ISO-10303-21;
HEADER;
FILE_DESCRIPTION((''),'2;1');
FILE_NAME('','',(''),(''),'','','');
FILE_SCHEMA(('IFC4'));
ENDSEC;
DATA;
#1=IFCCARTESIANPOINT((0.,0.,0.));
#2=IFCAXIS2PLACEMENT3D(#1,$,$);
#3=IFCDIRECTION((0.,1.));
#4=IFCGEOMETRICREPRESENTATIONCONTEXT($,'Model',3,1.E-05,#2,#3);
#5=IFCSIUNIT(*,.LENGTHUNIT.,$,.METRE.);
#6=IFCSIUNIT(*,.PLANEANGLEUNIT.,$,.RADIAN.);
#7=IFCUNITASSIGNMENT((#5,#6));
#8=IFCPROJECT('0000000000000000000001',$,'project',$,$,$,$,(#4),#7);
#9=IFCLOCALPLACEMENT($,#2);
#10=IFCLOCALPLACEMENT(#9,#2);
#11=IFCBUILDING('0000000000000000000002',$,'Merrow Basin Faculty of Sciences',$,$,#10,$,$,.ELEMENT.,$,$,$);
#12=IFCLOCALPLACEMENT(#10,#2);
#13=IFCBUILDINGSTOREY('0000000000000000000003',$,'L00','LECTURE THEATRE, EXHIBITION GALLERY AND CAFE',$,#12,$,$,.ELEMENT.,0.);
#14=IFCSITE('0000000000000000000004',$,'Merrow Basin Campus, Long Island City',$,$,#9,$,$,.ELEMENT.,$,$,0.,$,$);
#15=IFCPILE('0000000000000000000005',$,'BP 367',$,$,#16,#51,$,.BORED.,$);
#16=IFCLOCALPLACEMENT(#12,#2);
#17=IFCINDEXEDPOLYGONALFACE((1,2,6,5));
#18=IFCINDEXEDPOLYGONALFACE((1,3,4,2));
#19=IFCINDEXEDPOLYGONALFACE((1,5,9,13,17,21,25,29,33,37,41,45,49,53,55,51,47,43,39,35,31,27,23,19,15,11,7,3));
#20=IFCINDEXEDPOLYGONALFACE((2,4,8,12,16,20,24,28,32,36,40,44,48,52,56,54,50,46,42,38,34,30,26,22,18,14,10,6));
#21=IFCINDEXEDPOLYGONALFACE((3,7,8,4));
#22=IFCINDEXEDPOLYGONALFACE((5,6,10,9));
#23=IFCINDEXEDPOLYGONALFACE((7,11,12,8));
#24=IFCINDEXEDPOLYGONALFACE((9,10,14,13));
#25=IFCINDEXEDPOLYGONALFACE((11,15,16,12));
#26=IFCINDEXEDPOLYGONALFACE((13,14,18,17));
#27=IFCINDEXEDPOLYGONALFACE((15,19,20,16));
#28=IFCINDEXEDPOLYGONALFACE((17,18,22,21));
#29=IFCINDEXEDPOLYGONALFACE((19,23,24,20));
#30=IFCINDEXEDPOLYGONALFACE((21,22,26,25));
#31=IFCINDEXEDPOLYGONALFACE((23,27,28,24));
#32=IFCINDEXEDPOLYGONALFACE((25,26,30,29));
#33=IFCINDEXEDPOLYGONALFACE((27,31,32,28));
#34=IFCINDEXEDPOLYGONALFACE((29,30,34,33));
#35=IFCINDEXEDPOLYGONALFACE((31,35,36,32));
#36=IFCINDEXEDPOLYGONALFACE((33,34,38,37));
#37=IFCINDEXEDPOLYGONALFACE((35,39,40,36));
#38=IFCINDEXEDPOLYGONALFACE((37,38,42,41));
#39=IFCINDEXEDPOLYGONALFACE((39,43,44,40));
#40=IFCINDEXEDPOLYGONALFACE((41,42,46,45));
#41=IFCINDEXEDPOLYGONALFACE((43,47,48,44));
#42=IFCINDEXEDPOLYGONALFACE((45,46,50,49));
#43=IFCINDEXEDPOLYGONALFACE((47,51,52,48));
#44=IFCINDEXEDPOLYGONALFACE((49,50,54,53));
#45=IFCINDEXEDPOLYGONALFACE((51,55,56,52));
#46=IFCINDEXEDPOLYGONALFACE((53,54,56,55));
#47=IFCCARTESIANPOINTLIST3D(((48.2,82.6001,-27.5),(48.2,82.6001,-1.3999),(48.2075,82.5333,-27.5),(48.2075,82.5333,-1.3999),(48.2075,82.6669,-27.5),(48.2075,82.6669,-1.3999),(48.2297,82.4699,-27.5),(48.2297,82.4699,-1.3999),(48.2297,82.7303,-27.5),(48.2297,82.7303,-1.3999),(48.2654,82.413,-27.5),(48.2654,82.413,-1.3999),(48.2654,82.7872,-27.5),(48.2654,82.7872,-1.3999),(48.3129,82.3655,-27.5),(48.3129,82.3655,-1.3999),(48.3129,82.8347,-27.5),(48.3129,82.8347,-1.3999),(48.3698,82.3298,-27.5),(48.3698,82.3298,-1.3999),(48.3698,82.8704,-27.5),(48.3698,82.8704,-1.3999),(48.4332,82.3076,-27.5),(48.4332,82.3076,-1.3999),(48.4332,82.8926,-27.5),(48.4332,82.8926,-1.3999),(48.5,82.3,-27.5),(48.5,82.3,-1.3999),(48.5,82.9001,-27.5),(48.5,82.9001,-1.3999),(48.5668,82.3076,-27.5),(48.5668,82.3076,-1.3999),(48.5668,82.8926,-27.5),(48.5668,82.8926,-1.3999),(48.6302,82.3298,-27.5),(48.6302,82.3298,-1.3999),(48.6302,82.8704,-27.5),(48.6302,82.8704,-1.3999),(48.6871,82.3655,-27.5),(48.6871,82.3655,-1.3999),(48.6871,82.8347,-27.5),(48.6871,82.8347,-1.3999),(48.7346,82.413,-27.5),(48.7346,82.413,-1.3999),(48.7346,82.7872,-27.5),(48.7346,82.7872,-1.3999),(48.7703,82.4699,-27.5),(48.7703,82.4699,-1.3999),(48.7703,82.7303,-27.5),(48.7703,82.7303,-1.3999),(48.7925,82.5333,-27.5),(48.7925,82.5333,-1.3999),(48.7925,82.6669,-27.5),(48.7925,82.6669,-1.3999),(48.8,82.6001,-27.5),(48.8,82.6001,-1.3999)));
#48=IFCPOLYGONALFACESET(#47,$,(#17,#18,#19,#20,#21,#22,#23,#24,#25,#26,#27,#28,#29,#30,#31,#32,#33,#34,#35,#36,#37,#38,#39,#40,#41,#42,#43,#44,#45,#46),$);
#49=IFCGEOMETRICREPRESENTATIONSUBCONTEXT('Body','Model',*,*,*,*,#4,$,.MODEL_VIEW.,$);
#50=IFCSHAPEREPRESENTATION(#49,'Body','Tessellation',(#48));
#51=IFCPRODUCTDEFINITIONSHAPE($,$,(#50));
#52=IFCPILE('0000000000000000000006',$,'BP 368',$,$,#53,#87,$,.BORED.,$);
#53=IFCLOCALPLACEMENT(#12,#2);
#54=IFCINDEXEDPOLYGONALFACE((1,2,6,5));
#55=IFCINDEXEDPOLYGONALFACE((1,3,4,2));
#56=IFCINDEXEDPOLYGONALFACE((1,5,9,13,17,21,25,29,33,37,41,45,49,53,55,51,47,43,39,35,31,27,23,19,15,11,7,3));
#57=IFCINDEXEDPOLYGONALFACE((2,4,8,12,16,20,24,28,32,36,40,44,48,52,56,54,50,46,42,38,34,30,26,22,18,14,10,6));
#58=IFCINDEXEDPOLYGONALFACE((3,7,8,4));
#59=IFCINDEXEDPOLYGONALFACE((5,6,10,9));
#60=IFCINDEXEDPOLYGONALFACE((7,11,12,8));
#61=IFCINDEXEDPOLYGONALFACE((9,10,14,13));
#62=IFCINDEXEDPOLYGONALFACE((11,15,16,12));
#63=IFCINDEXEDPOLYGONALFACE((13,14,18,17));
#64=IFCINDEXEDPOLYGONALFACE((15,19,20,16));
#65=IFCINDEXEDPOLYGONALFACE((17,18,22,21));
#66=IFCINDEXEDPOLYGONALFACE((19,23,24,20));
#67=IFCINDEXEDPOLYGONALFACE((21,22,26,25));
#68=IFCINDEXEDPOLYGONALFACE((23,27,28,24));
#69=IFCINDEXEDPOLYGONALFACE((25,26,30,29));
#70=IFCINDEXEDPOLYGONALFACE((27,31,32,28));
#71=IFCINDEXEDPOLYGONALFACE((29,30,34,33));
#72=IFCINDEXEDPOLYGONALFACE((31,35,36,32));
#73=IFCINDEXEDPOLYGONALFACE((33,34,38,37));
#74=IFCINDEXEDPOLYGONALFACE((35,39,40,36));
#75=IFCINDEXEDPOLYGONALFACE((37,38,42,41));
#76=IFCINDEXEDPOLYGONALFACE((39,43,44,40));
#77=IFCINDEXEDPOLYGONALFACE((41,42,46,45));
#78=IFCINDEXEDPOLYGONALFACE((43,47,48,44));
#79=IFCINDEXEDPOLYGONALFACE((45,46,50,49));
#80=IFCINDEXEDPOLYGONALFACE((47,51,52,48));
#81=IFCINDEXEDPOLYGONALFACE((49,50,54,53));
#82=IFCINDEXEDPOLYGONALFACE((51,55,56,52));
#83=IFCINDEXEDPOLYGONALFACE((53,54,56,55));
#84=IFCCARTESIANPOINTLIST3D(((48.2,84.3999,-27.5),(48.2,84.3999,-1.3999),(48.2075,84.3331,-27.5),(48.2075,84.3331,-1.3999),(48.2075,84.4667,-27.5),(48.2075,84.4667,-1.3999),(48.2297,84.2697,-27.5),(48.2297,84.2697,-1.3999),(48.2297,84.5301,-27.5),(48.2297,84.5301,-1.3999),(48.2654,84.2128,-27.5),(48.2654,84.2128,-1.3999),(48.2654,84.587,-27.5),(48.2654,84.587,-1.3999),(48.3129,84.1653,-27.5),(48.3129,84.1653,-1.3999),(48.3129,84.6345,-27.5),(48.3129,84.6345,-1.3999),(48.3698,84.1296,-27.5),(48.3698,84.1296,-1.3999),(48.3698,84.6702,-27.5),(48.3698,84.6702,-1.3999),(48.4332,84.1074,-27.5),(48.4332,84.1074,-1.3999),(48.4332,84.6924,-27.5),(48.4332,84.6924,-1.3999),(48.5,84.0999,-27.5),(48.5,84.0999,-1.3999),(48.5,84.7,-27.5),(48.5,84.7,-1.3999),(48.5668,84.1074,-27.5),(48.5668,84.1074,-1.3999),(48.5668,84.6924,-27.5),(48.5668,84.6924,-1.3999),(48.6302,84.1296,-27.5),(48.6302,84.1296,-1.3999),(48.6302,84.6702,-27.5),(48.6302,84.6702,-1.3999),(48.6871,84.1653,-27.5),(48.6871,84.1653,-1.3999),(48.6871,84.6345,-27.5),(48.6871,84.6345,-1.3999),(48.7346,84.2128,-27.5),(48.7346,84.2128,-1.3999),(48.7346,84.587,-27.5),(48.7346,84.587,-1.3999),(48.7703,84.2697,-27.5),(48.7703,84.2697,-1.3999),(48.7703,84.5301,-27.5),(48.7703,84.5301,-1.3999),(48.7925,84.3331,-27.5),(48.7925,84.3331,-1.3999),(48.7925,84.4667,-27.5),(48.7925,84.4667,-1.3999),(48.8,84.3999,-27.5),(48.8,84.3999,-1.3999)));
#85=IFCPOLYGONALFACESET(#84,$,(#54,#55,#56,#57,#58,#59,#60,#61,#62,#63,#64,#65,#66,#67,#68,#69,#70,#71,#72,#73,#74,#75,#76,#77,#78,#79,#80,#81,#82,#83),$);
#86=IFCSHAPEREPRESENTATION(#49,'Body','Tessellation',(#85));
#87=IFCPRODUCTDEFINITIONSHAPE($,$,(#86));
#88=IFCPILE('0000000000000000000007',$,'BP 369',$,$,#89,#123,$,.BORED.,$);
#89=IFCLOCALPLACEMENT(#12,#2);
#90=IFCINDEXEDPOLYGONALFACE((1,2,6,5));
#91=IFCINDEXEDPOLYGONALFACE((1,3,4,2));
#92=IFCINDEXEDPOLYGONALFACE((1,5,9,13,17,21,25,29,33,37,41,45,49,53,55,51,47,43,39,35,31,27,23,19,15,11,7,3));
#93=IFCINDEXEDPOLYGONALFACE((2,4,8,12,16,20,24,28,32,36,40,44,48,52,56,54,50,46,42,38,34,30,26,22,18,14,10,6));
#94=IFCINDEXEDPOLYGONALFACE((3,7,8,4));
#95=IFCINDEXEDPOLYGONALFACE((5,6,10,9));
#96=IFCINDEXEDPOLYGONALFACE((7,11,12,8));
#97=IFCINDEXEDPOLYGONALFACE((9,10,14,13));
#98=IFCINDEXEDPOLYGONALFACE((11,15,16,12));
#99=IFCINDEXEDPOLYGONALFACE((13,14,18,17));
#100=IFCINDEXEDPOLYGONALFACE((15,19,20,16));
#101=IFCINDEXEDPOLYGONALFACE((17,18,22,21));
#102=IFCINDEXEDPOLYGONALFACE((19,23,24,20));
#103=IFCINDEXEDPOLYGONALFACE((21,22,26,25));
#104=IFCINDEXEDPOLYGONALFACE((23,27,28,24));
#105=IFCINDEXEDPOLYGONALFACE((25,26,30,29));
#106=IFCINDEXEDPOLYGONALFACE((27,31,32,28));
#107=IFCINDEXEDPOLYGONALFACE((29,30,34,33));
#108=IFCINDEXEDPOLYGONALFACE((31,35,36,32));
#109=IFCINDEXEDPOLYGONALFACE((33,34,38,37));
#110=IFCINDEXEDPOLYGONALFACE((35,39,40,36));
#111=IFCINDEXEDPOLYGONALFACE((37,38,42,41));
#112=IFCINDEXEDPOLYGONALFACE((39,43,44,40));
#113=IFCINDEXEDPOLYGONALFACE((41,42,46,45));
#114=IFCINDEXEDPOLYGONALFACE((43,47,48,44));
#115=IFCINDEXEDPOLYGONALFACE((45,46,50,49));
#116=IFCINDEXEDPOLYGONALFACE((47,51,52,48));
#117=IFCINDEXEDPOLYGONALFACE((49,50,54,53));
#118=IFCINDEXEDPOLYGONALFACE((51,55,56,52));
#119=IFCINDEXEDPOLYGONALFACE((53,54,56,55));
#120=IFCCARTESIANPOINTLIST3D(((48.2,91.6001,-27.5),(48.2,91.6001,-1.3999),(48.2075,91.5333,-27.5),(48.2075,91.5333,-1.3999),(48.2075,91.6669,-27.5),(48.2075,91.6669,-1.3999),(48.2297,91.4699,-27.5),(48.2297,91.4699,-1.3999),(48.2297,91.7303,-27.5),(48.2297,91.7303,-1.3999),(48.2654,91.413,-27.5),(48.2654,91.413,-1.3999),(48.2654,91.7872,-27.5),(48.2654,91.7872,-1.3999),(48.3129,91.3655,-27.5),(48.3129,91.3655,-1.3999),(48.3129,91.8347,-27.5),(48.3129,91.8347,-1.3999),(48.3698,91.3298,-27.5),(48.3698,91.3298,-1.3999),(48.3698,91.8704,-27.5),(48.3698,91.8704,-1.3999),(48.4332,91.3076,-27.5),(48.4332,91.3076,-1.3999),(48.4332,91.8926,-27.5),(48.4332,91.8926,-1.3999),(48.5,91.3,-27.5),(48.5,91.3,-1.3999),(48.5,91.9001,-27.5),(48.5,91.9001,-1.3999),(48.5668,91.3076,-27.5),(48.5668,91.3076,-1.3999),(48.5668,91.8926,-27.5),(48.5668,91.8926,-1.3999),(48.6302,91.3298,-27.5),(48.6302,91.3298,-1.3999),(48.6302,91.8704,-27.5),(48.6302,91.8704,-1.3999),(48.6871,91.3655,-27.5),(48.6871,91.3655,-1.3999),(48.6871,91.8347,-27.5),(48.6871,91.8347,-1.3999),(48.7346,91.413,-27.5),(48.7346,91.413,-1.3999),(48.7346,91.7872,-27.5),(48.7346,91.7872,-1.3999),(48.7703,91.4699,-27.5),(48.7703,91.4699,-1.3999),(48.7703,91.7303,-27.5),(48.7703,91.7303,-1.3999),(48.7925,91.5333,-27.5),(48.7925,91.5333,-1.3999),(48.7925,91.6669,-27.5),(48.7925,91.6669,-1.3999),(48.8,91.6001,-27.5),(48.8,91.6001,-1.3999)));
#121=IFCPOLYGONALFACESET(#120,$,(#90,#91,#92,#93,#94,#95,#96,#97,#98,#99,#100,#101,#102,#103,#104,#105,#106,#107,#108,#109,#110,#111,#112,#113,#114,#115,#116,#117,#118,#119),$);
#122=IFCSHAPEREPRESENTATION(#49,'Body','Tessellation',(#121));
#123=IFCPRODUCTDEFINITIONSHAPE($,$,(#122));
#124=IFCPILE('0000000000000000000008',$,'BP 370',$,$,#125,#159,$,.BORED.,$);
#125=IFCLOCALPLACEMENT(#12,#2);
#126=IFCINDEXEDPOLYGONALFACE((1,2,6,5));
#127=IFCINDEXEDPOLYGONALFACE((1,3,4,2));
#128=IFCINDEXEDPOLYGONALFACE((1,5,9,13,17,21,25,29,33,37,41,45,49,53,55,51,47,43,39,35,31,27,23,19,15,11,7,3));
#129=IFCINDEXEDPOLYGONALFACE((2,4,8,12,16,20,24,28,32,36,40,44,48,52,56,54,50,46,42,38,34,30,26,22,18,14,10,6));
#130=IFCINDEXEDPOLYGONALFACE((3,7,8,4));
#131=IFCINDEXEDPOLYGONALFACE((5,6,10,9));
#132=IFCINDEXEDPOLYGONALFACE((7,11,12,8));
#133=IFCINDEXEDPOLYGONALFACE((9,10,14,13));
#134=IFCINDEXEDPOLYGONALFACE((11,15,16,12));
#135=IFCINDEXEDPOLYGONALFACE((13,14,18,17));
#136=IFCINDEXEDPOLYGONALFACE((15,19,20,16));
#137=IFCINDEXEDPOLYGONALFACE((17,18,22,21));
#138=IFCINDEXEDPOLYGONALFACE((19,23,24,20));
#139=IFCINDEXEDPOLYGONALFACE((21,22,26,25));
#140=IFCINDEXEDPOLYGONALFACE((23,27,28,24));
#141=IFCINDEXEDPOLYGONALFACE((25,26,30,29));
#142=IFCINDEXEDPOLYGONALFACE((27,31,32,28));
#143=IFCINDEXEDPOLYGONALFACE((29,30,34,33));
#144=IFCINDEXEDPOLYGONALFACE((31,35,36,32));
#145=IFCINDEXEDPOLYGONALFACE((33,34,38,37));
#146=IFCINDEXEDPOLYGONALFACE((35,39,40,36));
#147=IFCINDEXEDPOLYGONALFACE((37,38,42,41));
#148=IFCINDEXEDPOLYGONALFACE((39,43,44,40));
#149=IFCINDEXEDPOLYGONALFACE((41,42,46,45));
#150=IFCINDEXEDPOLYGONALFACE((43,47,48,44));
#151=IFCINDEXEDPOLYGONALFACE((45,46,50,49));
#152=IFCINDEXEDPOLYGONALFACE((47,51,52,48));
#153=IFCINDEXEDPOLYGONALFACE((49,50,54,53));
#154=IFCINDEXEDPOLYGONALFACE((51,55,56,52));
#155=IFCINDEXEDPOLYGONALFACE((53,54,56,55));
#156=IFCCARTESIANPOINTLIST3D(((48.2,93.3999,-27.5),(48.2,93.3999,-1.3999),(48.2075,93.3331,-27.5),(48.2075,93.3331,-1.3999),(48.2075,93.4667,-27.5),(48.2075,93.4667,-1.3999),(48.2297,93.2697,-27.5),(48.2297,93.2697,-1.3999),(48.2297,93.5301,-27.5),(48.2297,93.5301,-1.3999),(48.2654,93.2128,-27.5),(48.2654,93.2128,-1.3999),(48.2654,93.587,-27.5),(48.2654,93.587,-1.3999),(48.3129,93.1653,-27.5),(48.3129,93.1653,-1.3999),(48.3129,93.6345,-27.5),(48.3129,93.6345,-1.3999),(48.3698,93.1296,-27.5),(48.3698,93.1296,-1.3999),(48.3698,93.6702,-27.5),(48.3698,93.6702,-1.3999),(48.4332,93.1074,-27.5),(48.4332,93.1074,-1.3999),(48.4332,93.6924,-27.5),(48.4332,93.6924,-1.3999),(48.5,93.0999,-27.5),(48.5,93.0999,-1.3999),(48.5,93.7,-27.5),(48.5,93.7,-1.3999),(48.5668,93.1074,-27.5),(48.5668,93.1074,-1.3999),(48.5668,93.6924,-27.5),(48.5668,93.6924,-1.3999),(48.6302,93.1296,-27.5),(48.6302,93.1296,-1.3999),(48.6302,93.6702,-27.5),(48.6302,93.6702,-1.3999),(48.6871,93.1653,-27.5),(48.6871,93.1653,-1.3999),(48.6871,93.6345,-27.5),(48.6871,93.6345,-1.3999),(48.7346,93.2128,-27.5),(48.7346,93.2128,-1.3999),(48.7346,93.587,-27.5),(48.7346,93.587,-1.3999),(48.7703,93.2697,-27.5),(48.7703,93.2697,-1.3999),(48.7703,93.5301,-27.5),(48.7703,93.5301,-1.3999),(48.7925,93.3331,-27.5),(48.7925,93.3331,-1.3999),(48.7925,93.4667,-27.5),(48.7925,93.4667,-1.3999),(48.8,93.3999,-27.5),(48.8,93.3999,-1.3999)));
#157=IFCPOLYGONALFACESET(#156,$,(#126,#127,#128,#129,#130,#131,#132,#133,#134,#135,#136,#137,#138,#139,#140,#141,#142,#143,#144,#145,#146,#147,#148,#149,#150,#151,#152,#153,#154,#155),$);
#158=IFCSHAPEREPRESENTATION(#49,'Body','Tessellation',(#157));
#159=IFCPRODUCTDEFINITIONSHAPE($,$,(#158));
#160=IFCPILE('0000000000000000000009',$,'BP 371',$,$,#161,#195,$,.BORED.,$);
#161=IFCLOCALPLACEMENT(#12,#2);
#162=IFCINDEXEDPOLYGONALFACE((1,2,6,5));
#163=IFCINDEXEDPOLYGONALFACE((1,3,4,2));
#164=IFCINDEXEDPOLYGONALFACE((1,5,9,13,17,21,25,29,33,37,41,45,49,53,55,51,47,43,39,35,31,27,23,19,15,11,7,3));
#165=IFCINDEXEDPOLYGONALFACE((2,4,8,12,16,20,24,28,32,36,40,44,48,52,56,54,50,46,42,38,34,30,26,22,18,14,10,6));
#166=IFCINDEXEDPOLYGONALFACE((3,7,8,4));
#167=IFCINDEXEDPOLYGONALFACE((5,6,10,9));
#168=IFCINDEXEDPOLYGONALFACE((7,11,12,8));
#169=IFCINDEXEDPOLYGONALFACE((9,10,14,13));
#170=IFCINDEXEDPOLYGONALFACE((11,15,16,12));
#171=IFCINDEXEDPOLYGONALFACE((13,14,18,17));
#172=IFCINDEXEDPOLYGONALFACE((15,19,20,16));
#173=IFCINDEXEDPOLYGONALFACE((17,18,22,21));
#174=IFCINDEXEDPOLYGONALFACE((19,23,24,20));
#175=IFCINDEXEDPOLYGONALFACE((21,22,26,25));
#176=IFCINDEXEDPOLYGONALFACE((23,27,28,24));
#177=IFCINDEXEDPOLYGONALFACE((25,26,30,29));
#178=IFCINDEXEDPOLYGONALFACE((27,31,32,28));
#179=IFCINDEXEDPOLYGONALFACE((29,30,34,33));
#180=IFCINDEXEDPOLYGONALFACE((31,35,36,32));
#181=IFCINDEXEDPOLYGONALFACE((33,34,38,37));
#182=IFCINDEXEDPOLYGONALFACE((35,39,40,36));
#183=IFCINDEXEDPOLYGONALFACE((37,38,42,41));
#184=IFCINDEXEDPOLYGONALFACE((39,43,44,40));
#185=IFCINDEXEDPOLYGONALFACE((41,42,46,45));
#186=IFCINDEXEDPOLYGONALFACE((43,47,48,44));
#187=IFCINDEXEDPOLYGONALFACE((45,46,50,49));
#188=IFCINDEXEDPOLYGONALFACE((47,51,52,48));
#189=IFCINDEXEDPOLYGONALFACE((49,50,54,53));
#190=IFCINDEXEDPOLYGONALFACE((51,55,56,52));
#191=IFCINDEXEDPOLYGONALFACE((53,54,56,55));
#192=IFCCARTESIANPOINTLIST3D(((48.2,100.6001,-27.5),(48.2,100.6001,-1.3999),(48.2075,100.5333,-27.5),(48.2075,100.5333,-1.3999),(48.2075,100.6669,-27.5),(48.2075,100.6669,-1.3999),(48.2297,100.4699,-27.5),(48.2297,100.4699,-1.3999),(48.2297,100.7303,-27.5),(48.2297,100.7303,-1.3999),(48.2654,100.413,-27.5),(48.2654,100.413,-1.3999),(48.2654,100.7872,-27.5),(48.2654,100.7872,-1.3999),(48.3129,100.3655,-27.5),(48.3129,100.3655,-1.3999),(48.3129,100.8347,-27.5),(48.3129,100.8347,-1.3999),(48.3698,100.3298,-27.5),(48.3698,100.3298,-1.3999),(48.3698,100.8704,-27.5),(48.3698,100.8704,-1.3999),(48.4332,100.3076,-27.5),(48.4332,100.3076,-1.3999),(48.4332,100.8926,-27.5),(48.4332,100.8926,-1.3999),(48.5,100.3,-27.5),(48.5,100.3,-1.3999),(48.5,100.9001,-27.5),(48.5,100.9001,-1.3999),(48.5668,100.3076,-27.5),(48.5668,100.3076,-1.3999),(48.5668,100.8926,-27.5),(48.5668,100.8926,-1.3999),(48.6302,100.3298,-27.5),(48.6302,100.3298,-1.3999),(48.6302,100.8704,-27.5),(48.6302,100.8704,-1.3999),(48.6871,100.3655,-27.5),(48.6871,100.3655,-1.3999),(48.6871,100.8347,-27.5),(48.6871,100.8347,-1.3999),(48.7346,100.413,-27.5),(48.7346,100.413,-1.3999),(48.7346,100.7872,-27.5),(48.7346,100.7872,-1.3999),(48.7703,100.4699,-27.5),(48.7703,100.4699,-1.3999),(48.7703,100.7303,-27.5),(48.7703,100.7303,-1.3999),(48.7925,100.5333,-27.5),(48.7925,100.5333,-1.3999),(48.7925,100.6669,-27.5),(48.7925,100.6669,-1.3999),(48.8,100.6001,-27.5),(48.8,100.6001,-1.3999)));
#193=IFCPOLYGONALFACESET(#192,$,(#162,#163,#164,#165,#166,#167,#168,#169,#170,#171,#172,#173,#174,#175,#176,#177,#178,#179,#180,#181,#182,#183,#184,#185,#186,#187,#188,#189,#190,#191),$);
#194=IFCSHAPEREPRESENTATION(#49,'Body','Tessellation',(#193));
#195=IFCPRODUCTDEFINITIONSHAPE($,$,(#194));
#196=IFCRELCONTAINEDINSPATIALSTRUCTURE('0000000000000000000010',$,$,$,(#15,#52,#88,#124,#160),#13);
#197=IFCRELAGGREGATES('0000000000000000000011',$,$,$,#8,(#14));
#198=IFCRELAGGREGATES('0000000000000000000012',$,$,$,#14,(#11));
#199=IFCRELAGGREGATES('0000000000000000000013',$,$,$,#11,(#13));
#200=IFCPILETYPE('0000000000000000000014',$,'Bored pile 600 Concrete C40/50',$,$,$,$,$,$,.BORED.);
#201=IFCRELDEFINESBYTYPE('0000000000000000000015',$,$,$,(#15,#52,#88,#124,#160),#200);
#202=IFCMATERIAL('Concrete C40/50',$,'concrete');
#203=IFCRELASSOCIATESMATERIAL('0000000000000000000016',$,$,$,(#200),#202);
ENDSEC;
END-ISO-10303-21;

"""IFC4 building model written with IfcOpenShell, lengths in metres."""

from ifc_helpers import new_model, si_unit, direction, frame, origin, origin_2d, place, context, subcontext, project, spatial, circle, extrude, material, material_profile, profile_set, type_object, element, save


model = new_model("IFC4")

# Units and contexts
model_context = context("Model", 3, precision=1e-05, world=origin(), true_north=direction((0.0, 1.0)))
body_context = subcontext(model_context, "Body", "Model", "MODEL_VIEW")
ifc_project = project(units=[si_unit("LENGTHUNIT", "METRE"), si_unit("PLANEANGLEUNIT", "RADIAN")], contexts=[model_context])

# Site, building, storey
site_placement = place(None, origin())
site = spatial("IfcSite", under=ifc_project, at=site_placement, Name="Merrow Basin Campus, Long Island City", CompositionType="ELEMENT", RefElevation=0.0)
building_placement = place(site_placement, origin())
building = spatial("IfcBuilding", under=site, at=building_placement, Name="Merrow Basin Faculty of Sciences", CompositionType="ELEMENT")
storey_placement = place(building_placement, origin())
storey = spatial("IfcBuildingStorey", under=building, at=storey_placement, Name="L00", Description="LECTURE THEATRE, EXHIBITION GALLERY AND CAFE", CompositionType="ELEMENT", Elevation=0.0)

# Piles
ifc_material_1 = material(Name="Concrete C40/50", Category="concrete")
ifc_material_profile_1 = material_profile(ifc_material_1, circle(Radius=0.3, at=origin_2d()))
ifc_profile_set_1 = profile_set([ifc_material_profile_1], Name="Concrete C40/50")
pile_type_1 = type_object("IfcPileType", Name="Bored pile 600 Concrete C40/50", PredefinedType="BORED", material=ifc_profile_set_1)
for number, where, z_axis, x_axis, name in (
    (1, (48.5, 82.6001, -1.3999), (0.0, 0.0, -1.0), (1.0, 0.0, 0.0), "BP 367"),
    (2, (48.5, 84.3999, -1.3999), (0.0, 0.0, -1.0), (1.0, 0.0, 0.0), "BP 368"),
    (3, (48.5, 91.6001, -1.3999), (0.0, 0.0, -1.0), (1.0, 0.0, 0.0), "BP 369"),
    (4, (48.5, 93.3999, -1.3999), (0.0, 0.0, -1.0), (1.0, 0.0, 0.0), "BP 370"),
    (5, (48.5, 100.6001, -1.3999), (0.0, 0.0, -1.0), (1.0, 0.0, 0.0), "BP 371"),
):
    element("IfcPile", number, at=place(storey_placement, frame(where, z_axis=z_axis, x_axis=x_axis)), inside=storey, type_object=pile_type_1, Name=name, PredefinedType="BORED", context=body_context, shape_type="SweptSolid", body=[
        extrude(circle(Radius=0.3, at=origin_2d()), origin(), (0.0, 0.0, 1.0), 26.1001),
    ])

save(model, "model.ifc")
